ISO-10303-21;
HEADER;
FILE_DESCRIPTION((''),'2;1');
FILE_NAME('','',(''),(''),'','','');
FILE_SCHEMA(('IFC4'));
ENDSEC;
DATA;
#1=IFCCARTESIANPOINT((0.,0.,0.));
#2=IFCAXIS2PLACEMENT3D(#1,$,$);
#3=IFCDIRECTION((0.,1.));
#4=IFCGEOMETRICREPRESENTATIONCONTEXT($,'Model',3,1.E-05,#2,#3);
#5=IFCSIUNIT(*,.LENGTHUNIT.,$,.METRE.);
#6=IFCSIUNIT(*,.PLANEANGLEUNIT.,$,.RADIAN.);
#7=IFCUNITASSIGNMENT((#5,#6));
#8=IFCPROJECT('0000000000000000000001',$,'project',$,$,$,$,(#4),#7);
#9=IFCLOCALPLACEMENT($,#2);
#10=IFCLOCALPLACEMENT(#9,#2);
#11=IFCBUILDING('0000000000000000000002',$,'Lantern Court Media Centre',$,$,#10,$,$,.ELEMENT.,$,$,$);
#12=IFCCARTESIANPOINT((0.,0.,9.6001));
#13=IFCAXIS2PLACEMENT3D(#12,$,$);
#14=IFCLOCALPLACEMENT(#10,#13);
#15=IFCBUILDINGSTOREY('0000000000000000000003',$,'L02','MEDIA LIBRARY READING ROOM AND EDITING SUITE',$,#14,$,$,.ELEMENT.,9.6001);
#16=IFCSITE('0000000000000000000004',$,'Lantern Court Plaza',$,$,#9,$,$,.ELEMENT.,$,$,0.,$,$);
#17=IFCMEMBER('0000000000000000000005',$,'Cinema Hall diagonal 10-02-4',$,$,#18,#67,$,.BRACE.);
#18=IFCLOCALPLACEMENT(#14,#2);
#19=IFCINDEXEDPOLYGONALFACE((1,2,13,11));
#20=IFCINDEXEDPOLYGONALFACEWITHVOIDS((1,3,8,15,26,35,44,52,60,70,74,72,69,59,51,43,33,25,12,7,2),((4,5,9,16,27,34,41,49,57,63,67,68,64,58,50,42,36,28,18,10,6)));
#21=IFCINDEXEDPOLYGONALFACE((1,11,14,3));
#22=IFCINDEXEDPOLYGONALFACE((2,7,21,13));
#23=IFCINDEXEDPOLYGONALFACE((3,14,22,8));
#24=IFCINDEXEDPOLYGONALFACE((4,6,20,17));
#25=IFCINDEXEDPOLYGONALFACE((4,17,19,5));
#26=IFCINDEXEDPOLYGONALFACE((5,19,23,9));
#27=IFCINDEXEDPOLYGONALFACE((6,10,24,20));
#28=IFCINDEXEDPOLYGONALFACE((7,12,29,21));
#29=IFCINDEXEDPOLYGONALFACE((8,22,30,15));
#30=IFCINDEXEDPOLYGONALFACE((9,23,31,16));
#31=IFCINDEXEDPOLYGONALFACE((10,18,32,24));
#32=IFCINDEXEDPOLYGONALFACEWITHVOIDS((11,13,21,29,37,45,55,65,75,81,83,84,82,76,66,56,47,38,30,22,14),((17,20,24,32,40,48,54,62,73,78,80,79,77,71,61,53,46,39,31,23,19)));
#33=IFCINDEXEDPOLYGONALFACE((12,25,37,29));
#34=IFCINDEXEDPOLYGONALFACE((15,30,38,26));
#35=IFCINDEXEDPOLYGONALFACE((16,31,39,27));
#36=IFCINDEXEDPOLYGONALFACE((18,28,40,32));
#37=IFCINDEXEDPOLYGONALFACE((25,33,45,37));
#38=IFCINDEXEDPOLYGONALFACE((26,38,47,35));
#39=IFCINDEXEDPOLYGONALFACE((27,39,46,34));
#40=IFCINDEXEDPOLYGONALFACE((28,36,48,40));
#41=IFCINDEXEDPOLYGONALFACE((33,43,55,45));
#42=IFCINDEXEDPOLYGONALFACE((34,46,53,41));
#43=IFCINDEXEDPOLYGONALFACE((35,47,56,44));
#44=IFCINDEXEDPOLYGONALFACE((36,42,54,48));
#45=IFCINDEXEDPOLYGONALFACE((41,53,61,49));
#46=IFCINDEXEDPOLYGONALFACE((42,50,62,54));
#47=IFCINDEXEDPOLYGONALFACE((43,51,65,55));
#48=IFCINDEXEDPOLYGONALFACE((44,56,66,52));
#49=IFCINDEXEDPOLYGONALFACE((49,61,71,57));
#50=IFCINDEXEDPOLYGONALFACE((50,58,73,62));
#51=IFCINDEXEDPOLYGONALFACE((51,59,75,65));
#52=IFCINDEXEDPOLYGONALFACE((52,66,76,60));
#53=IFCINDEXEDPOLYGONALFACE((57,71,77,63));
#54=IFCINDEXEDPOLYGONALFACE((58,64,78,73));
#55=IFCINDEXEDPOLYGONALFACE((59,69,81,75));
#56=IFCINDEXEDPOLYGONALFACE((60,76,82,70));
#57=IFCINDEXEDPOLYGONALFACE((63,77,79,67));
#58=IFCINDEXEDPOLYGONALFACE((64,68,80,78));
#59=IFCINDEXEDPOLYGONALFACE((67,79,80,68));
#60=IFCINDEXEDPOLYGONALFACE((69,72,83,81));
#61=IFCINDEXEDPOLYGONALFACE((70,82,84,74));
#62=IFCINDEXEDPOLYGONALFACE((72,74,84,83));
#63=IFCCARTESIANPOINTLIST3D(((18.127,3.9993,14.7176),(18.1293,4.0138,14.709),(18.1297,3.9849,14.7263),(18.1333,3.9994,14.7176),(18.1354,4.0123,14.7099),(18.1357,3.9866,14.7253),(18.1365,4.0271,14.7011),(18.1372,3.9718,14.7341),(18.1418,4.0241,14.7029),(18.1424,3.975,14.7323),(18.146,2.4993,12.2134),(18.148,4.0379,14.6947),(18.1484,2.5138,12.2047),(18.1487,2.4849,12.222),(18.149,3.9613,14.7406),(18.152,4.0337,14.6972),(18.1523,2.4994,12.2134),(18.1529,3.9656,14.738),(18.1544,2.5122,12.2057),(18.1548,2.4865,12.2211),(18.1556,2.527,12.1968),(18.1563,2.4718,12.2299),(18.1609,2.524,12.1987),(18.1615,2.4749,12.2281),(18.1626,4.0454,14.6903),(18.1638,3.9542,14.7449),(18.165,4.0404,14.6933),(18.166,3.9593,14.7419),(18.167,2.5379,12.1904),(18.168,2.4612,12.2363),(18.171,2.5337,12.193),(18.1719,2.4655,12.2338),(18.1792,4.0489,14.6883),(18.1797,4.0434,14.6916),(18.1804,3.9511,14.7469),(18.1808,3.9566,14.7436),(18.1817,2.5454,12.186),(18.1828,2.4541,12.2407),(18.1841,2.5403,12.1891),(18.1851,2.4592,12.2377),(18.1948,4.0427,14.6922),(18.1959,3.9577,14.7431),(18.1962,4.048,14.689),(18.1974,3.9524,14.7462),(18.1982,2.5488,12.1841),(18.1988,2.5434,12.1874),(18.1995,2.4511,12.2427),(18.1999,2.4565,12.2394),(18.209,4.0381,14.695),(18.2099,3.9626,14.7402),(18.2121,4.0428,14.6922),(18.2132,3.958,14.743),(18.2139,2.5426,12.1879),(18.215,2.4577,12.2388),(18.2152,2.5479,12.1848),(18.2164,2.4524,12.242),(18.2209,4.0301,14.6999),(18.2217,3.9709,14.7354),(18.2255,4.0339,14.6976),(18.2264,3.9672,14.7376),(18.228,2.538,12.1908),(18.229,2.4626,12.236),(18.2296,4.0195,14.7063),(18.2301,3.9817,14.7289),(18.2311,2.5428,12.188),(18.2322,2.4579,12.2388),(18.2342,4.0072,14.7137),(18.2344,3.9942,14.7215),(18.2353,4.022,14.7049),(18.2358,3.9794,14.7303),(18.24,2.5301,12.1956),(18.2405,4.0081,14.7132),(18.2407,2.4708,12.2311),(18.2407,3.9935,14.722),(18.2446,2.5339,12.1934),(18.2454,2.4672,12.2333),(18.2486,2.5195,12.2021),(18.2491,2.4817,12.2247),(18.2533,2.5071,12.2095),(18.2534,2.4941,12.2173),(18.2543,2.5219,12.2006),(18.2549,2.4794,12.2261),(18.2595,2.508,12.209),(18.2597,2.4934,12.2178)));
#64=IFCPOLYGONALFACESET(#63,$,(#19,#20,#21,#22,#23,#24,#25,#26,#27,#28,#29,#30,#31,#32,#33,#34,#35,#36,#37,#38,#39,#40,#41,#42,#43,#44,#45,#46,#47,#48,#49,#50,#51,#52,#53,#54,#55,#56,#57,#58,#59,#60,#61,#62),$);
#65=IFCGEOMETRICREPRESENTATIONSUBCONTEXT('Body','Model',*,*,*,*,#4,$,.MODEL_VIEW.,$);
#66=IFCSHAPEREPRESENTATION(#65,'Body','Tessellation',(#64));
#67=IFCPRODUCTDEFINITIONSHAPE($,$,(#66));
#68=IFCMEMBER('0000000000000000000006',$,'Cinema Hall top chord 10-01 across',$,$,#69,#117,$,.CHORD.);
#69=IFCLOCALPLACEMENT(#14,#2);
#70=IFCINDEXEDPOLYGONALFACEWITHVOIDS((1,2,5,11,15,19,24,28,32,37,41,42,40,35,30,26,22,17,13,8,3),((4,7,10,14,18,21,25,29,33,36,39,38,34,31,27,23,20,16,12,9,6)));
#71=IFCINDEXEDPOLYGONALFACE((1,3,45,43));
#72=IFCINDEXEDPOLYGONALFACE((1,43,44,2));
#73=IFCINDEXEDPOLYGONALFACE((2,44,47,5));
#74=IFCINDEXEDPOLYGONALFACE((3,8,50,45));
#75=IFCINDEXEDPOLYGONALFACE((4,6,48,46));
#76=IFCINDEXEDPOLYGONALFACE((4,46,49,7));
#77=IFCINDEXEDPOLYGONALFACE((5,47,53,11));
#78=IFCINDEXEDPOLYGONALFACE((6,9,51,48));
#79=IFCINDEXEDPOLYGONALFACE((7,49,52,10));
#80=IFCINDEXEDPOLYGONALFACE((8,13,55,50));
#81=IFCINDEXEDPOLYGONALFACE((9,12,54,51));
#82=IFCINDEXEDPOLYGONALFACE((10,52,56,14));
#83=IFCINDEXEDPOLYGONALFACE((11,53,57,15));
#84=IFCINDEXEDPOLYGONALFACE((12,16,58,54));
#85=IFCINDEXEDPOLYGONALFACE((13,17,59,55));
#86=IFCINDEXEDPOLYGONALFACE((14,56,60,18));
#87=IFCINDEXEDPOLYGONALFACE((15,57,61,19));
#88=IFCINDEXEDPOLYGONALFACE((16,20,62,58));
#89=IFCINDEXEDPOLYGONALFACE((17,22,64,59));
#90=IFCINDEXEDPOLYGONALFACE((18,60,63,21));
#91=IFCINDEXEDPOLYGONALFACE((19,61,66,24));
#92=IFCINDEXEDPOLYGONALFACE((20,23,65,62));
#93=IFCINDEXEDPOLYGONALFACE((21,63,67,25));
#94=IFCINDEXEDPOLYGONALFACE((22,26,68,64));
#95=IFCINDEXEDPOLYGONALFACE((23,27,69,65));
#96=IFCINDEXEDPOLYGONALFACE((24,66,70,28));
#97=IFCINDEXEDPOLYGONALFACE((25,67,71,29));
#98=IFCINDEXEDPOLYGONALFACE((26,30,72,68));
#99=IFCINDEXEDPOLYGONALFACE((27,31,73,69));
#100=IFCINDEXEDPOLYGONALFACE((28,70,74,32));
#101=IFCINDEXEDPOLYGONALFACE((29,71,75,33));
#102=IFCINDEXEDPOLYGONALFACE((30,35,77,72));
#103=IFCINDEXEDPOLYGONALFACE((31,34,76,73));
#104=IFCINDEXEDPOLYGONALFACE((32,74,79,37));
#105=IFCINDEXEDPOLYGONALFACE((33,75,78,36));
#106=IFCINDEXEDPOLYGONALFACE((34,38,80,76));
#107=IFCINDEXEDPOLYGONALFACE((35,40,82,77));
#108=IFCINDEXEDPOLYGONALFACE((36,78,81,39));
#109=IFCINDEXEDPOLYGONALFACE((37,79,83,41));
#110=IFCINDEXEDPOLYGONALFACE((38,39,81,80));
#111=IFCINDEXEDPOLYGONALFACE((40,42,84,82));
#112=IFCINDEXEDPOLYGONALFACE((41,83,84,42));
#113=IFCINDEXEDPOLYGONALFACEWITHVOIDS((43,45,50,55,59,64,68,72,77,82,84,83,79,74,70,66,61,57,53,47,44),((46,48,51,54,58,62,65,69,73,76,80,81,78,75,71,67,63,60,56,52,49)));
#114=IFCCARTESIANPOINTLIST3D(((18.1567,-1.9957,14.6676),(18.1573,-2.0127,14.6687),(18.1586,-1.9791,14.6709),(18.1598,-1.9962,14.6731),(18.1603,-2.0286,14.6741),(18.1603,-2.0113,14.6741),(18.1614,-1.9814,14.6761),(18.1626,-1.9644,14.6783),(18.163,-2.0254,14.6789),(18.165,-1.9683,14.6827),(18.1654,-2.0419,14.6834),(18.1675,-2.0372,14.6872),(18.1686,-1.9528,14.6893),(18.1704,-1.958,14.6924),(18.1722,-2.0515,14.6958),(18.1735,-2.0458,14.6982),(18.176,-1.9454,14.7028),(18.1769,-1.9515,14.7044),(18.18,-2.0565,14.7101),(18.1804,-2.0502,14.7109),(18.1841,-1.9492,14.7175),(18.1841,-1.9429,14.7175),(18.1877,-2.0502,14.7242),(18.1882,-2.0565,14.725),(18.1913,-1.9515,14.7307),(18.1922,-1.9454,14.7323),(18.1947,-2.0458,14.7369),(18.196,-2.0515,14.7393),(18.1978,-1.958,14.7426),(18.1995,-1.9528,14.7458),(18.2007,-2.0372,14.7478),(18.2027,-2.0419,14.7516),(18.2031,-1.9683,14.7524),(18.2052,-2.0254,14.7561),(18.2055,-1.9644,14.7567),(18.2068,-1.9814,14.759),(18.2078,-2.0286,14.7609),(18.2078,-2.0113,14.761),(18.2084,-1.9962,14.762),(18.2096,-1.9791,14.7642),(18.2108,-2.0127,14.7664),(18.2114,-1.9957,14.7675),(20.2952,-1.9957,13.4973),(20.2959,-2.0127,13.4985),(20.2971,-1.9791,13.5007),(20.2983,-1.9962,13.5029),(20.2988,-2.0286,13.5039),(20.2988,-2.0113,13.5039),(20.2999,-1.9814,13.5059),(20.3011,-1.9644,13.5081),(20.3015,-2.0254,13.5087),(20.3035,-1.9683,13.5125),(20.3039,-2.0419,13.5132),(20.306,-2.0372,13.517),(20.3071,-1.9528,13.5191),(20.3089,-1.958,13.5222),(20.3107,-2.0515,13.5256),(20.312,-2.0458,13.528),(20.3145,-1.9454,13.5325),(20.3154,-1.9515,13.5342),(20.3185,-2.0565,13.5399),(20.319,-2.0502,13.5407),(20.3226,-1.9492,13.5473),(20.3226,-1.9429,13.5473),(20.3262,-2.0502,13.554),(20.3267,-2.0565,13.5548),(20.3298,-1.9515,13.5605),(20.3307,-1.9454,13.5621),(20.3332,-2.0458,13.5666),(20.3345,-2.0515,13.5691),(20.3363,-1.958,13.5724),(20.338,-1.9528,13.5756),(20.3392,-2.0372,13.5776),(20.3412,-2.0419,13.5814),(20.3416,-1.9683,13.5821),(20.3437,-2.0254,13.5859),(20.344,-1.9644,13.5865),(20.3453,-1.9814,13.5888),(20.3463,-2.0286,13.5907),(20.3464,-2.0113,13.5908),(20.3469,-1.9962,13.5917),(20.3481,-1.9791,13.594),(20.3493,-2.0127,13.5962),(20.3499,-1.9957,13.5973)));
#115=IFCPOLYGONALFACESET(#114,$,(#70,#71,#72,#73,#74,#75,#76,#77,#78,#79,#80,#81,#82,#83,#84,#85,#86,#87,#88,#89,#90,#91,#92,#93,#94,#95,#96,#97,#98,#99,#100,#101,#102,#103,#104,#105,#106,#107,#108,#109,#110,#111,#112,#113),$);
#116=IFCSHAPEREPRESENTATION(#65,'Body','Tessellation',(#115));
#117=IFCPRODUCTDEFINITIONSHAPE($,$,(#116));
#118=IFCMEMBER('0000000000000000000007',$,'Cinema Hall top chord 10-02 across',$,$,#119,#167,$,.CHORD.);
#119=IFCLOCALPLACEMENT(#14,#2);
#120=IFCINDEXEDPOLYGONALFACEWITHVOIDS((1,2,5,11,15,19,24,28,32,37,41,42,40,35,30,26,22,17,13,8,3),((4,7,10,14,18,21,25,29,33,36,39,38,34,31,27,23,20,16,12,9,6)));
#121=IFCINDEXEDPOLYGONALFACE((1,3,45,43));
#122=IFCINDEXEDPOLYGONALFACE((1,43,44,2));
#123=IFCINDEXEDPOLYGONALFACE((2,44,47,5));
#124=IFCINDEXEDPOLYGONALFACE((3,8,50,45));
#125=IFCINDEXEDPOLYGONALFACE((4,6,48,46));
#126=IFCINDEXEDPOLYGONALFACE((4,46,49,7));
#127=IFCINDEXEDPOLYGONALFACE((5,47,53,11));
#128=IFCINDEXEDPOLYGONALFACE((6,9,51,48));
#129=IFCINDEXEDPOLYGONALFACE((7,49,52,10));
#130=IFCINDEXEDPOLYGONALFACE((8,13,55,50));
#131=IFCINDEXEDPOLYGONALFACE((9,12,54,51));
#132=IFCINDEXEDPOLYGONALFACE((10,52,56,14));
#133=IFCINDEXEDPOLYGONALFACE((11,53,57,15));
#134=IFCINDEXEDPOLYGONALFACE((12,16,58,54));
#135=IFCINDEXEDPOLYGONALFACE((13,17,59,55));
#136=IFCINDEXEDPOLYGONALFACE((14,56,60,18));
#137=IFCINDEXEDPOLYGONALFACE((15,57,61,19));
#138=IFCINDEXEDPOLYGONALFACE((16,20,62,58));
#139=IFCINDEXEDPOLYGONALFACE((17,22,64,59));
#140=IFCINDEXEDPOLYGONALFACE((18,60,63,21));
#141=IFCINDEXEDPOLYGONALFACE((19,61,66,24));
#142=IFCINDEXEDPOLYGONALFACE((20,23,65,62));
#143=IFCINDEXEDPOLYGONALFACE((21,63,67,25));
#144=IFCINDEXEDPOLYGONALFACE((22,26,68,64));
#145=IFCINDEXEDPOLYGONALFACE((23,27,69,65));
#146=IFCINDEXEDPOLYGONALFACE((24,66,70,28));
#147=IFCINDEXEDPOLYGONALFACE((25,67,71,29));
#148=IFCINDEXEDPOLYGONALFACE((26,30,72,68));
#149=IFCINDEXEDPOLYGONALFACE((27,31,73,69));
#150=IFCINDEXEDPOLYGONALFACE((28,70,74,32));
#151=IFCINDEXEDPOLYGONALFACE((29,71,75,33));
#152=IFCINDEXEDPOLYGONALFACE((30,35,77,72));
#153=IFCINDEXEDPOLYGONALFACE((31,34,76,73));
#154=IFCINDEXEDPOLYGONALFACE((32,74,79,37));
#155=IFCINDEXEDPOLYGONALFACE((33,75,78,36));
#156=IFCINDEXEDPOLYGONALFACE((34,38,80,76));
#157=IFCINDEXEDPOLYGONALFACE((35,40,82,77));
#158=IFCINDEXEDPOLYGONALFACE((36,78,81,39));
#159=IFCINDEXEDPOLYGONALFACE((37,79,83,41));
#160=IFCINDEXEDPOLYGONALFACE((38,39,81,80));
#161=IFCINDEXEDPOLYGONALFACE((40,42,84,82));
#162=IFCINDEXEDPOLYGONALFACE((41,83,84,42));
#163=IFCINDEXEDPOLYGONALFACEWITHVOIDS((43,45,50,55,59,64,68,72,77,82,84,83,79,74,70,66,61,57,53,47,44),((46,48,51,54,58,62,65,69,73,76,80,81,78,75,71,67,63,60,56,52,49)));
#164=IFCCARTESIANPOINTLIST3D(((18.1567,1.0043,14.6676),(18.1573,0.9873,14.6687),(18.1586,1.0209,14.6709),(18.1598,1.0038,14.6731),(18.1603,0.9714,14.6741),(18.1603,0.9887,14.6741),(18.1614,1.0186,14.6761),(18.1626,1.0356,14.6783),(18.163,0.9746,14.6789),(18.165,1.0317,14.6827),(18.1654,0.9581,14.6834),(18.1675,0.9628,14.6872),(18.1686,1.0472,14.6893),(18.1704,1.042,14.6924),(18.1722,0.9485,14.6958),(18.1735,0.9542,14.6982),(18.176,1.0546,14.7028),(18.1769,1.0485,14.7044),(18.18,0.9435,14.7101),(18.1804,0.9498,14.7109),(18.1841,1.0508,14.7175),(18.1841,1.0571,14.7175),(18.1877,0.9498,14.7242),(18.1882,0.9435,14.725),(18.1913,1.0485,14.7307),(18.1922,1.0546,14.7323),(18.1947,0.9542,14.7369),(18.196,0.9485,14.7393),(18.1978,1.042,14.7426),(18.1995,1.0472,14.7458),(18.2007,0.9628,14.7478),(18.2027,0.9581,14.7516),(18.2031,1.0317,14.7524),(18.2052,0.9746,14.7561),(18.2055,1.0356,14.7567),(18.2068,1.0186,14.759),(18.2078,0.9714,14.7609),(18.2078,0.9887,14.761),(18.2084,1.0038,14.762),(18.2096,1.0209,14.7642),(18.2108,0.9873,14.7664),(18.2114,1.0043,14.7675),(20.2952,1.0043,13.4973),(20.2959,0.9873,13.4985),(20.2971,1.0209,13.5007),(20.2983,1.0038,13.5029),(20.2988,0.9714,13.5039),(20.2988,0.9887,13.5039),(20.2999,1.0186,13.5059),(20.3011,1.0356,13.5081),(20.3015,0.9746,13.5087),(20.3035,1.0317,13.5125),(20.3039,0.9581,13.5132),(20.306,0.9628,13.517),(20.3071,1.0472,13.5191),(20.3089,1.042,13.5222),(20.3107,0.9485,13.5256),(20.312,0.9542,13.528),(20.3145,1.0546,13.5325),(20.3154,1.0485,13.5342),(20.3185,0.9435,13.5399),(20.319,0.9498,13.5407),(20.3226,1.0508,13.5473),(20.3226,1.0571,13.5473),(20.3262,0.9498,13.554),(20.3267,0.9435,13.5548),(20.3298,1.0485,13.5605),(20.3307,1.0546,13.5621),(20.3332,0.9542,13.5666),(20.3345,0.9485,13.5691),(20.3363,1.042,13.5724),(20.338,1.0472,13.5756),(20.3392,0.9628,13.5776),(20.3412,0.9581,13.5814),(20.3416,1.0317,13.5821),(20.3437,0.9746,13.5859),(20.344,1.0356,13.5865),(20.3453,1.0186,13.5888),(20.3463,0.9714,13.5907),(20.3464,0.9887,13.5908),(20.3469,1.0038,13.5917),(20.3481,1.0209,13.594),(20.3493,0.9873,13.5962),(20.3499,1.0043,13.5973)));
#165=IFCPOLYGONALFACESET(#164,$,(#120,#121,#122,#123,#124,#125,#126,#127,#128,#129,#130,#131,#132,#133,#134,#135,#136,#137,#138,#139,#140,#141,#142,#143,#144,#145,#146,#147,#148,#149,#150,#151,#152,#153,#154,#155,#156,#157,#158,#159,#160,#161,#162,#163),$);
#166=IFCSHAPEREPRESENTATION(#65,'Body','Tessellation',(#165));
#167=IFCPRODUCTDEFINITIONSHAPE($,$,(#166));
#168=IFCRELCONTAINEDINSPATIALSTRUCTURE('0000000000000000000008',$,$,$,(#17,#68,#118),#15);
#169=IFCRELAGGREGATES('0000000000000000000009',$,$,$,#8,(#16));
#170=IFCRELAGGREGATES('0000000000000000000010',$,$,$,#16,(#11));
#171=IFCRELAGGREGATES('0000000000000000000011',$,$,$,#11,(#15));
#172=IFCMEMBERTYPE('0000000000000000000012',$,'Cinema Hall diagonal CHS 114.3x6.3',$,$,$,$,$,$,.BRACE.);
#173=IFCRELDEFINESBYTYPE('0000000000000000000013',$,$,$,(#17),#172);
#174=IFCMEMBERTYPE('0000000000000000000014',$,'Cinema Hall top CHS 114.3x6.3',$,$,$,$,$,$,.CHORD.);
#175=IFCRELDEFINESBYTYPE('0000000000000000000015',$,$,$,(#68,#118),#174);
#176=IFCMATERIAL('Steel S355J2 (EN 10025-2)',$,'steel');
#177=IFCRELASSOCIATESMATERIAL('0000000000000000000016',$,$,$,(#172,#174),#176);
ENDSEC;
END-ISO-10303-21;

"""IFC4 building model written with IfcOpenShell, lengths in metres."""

from ifc_helpers import new_model, si_unit, direction, frame, origin, origin_2d, place, context, subcontext, project, spatial, hollow_circle, extrude, material, material_profile, profile_set, type_object, element, save


model = new_model("IFC4")

# Units and contexts
model_context = context("Model", 3, precision=1e-05, world=origin(), true_north=direction((0.0, 1.0)))
body_context = subcontext(model_context, "Body", "Model", "MODEL_VIEW")
ifc_project = project(units=[si_unit("LENGTHUNIT", "METRE"), si_unit("PLANEANGLEUNIT", "RADIAN")], contexts=[model_context])

# Site, building, storey
site_placement = place(None, origin())
site = spatial("IfcSite", under=ifc_project, at=site_placement, Name="Lantern Court Plaza", CompositionType="ELEMENT", RefElevation=0.0)
building_placement = place(site_placement, origin())
building = spatial("IfcBuilding", under=site, at=building_placement, Name="Lantern Court Media Centre", CompositionType="ELEMENT")
storey_placement = place(building_placement, frame((0.0, 0.0, 9.6001)))
storey = spatial("IfcBuildingStorey", under=building, at=storey_placement, Name="L02", Description="MEDIA LIBRARY READING ROOM AND EDITING SUITE", CompositionType="ELEMENT", Elevation=9.6001)

# Members
ifc_material = material(Name="Steel S355J2 (EN 10025-2)", Category="steel")
ifc_material_profile_1 = material_profile(ifc_material, hollow_circle(Radius=0.0571, WallThickness=0.0063, at=origin_2d()), Name="Cinema Hall diagonal CHS 114.3x6.3")
ifc_profile_set_1 = profile_set([ifc_material_profile_1], Name="Steel S355J2 (EN 10025-2)")
member_type_1 = type_object("IfcMemberType", Name="Cinema Hall diagonal CHS 114.3x6.3", PredefinedType="BRACE", material=ifc_profile_set_1)
for number, where, z_axis, x_axis, name in (
    (1, (18.2031, 2.5, 12.2134), (-0.006524, 0.513857, 0.857851), (-0.999919, -0.012694, 0.0), "Cinema Hall diagonal 10-02-4"),
):
    element("IfcMember", number, at=place(storey_placement, frame(where, z_axis=z_axis, x_axis=x_axis)), inside=storey, type_object=member_type_1, Name=name, PredefinedType="BRACE", context=body_context, shape_type="SweptSolid", body=[
        extrude(hollow_circle(Radius=0.0571, WallThickness=0.0063, at=origin_2d()), origin(), (0.0, 0.0, 1.0), 2.9192),
    ])
ifc_material_profile_2 = material_profile(ifc_material, hollow_circle(Radius=0.0571, WallThickness=0.0063, at=origin_2d()), Name="Cinema Hall top CHS 114.3x6.3")
ifc_profile_set_2 = profile_set([ifc_material_profile_2], Name="Steel S355J2 (EN 10025-2)")
member_type_2 = type_object("IfcMemberType", Name="Cinema Hall top CHS 114.3x6.3", PredefinedType="CHORD", material=ifc_profile_set_2)
for number, where, z_axis, x_axis, name in (
    (2, (18.1841, -2.0, 14.7175), (0.877248, 0.0, -0.480038), (0.0, 1.0, 0.0), "Cinema Hall top chord 10-01 across"),
    (3, (18.1841, 1.0, 14.7175), (0.877248, 0.0, -0.480038), (0.0, 1.0, 0.0), "Cinema Hall top chord 10-02 across"),
):
    element("IfcMember", number, at=place(storey_placement, frame(where, z_axis=z_axis, x_axis=x_axis)), inside=storey, type_object=member_type_2, Name=name, PredefinedType="CHORD", context=body_context, shape_type="SweptSolid", body=[
        extrude(hollow_circle(Radius=0.0571, WallThickness=0.0063, at=origin_2d()), origin(), (0.0, 0.0, 1.0), 2.4377),
    ])

save(model, "model.ifc")
